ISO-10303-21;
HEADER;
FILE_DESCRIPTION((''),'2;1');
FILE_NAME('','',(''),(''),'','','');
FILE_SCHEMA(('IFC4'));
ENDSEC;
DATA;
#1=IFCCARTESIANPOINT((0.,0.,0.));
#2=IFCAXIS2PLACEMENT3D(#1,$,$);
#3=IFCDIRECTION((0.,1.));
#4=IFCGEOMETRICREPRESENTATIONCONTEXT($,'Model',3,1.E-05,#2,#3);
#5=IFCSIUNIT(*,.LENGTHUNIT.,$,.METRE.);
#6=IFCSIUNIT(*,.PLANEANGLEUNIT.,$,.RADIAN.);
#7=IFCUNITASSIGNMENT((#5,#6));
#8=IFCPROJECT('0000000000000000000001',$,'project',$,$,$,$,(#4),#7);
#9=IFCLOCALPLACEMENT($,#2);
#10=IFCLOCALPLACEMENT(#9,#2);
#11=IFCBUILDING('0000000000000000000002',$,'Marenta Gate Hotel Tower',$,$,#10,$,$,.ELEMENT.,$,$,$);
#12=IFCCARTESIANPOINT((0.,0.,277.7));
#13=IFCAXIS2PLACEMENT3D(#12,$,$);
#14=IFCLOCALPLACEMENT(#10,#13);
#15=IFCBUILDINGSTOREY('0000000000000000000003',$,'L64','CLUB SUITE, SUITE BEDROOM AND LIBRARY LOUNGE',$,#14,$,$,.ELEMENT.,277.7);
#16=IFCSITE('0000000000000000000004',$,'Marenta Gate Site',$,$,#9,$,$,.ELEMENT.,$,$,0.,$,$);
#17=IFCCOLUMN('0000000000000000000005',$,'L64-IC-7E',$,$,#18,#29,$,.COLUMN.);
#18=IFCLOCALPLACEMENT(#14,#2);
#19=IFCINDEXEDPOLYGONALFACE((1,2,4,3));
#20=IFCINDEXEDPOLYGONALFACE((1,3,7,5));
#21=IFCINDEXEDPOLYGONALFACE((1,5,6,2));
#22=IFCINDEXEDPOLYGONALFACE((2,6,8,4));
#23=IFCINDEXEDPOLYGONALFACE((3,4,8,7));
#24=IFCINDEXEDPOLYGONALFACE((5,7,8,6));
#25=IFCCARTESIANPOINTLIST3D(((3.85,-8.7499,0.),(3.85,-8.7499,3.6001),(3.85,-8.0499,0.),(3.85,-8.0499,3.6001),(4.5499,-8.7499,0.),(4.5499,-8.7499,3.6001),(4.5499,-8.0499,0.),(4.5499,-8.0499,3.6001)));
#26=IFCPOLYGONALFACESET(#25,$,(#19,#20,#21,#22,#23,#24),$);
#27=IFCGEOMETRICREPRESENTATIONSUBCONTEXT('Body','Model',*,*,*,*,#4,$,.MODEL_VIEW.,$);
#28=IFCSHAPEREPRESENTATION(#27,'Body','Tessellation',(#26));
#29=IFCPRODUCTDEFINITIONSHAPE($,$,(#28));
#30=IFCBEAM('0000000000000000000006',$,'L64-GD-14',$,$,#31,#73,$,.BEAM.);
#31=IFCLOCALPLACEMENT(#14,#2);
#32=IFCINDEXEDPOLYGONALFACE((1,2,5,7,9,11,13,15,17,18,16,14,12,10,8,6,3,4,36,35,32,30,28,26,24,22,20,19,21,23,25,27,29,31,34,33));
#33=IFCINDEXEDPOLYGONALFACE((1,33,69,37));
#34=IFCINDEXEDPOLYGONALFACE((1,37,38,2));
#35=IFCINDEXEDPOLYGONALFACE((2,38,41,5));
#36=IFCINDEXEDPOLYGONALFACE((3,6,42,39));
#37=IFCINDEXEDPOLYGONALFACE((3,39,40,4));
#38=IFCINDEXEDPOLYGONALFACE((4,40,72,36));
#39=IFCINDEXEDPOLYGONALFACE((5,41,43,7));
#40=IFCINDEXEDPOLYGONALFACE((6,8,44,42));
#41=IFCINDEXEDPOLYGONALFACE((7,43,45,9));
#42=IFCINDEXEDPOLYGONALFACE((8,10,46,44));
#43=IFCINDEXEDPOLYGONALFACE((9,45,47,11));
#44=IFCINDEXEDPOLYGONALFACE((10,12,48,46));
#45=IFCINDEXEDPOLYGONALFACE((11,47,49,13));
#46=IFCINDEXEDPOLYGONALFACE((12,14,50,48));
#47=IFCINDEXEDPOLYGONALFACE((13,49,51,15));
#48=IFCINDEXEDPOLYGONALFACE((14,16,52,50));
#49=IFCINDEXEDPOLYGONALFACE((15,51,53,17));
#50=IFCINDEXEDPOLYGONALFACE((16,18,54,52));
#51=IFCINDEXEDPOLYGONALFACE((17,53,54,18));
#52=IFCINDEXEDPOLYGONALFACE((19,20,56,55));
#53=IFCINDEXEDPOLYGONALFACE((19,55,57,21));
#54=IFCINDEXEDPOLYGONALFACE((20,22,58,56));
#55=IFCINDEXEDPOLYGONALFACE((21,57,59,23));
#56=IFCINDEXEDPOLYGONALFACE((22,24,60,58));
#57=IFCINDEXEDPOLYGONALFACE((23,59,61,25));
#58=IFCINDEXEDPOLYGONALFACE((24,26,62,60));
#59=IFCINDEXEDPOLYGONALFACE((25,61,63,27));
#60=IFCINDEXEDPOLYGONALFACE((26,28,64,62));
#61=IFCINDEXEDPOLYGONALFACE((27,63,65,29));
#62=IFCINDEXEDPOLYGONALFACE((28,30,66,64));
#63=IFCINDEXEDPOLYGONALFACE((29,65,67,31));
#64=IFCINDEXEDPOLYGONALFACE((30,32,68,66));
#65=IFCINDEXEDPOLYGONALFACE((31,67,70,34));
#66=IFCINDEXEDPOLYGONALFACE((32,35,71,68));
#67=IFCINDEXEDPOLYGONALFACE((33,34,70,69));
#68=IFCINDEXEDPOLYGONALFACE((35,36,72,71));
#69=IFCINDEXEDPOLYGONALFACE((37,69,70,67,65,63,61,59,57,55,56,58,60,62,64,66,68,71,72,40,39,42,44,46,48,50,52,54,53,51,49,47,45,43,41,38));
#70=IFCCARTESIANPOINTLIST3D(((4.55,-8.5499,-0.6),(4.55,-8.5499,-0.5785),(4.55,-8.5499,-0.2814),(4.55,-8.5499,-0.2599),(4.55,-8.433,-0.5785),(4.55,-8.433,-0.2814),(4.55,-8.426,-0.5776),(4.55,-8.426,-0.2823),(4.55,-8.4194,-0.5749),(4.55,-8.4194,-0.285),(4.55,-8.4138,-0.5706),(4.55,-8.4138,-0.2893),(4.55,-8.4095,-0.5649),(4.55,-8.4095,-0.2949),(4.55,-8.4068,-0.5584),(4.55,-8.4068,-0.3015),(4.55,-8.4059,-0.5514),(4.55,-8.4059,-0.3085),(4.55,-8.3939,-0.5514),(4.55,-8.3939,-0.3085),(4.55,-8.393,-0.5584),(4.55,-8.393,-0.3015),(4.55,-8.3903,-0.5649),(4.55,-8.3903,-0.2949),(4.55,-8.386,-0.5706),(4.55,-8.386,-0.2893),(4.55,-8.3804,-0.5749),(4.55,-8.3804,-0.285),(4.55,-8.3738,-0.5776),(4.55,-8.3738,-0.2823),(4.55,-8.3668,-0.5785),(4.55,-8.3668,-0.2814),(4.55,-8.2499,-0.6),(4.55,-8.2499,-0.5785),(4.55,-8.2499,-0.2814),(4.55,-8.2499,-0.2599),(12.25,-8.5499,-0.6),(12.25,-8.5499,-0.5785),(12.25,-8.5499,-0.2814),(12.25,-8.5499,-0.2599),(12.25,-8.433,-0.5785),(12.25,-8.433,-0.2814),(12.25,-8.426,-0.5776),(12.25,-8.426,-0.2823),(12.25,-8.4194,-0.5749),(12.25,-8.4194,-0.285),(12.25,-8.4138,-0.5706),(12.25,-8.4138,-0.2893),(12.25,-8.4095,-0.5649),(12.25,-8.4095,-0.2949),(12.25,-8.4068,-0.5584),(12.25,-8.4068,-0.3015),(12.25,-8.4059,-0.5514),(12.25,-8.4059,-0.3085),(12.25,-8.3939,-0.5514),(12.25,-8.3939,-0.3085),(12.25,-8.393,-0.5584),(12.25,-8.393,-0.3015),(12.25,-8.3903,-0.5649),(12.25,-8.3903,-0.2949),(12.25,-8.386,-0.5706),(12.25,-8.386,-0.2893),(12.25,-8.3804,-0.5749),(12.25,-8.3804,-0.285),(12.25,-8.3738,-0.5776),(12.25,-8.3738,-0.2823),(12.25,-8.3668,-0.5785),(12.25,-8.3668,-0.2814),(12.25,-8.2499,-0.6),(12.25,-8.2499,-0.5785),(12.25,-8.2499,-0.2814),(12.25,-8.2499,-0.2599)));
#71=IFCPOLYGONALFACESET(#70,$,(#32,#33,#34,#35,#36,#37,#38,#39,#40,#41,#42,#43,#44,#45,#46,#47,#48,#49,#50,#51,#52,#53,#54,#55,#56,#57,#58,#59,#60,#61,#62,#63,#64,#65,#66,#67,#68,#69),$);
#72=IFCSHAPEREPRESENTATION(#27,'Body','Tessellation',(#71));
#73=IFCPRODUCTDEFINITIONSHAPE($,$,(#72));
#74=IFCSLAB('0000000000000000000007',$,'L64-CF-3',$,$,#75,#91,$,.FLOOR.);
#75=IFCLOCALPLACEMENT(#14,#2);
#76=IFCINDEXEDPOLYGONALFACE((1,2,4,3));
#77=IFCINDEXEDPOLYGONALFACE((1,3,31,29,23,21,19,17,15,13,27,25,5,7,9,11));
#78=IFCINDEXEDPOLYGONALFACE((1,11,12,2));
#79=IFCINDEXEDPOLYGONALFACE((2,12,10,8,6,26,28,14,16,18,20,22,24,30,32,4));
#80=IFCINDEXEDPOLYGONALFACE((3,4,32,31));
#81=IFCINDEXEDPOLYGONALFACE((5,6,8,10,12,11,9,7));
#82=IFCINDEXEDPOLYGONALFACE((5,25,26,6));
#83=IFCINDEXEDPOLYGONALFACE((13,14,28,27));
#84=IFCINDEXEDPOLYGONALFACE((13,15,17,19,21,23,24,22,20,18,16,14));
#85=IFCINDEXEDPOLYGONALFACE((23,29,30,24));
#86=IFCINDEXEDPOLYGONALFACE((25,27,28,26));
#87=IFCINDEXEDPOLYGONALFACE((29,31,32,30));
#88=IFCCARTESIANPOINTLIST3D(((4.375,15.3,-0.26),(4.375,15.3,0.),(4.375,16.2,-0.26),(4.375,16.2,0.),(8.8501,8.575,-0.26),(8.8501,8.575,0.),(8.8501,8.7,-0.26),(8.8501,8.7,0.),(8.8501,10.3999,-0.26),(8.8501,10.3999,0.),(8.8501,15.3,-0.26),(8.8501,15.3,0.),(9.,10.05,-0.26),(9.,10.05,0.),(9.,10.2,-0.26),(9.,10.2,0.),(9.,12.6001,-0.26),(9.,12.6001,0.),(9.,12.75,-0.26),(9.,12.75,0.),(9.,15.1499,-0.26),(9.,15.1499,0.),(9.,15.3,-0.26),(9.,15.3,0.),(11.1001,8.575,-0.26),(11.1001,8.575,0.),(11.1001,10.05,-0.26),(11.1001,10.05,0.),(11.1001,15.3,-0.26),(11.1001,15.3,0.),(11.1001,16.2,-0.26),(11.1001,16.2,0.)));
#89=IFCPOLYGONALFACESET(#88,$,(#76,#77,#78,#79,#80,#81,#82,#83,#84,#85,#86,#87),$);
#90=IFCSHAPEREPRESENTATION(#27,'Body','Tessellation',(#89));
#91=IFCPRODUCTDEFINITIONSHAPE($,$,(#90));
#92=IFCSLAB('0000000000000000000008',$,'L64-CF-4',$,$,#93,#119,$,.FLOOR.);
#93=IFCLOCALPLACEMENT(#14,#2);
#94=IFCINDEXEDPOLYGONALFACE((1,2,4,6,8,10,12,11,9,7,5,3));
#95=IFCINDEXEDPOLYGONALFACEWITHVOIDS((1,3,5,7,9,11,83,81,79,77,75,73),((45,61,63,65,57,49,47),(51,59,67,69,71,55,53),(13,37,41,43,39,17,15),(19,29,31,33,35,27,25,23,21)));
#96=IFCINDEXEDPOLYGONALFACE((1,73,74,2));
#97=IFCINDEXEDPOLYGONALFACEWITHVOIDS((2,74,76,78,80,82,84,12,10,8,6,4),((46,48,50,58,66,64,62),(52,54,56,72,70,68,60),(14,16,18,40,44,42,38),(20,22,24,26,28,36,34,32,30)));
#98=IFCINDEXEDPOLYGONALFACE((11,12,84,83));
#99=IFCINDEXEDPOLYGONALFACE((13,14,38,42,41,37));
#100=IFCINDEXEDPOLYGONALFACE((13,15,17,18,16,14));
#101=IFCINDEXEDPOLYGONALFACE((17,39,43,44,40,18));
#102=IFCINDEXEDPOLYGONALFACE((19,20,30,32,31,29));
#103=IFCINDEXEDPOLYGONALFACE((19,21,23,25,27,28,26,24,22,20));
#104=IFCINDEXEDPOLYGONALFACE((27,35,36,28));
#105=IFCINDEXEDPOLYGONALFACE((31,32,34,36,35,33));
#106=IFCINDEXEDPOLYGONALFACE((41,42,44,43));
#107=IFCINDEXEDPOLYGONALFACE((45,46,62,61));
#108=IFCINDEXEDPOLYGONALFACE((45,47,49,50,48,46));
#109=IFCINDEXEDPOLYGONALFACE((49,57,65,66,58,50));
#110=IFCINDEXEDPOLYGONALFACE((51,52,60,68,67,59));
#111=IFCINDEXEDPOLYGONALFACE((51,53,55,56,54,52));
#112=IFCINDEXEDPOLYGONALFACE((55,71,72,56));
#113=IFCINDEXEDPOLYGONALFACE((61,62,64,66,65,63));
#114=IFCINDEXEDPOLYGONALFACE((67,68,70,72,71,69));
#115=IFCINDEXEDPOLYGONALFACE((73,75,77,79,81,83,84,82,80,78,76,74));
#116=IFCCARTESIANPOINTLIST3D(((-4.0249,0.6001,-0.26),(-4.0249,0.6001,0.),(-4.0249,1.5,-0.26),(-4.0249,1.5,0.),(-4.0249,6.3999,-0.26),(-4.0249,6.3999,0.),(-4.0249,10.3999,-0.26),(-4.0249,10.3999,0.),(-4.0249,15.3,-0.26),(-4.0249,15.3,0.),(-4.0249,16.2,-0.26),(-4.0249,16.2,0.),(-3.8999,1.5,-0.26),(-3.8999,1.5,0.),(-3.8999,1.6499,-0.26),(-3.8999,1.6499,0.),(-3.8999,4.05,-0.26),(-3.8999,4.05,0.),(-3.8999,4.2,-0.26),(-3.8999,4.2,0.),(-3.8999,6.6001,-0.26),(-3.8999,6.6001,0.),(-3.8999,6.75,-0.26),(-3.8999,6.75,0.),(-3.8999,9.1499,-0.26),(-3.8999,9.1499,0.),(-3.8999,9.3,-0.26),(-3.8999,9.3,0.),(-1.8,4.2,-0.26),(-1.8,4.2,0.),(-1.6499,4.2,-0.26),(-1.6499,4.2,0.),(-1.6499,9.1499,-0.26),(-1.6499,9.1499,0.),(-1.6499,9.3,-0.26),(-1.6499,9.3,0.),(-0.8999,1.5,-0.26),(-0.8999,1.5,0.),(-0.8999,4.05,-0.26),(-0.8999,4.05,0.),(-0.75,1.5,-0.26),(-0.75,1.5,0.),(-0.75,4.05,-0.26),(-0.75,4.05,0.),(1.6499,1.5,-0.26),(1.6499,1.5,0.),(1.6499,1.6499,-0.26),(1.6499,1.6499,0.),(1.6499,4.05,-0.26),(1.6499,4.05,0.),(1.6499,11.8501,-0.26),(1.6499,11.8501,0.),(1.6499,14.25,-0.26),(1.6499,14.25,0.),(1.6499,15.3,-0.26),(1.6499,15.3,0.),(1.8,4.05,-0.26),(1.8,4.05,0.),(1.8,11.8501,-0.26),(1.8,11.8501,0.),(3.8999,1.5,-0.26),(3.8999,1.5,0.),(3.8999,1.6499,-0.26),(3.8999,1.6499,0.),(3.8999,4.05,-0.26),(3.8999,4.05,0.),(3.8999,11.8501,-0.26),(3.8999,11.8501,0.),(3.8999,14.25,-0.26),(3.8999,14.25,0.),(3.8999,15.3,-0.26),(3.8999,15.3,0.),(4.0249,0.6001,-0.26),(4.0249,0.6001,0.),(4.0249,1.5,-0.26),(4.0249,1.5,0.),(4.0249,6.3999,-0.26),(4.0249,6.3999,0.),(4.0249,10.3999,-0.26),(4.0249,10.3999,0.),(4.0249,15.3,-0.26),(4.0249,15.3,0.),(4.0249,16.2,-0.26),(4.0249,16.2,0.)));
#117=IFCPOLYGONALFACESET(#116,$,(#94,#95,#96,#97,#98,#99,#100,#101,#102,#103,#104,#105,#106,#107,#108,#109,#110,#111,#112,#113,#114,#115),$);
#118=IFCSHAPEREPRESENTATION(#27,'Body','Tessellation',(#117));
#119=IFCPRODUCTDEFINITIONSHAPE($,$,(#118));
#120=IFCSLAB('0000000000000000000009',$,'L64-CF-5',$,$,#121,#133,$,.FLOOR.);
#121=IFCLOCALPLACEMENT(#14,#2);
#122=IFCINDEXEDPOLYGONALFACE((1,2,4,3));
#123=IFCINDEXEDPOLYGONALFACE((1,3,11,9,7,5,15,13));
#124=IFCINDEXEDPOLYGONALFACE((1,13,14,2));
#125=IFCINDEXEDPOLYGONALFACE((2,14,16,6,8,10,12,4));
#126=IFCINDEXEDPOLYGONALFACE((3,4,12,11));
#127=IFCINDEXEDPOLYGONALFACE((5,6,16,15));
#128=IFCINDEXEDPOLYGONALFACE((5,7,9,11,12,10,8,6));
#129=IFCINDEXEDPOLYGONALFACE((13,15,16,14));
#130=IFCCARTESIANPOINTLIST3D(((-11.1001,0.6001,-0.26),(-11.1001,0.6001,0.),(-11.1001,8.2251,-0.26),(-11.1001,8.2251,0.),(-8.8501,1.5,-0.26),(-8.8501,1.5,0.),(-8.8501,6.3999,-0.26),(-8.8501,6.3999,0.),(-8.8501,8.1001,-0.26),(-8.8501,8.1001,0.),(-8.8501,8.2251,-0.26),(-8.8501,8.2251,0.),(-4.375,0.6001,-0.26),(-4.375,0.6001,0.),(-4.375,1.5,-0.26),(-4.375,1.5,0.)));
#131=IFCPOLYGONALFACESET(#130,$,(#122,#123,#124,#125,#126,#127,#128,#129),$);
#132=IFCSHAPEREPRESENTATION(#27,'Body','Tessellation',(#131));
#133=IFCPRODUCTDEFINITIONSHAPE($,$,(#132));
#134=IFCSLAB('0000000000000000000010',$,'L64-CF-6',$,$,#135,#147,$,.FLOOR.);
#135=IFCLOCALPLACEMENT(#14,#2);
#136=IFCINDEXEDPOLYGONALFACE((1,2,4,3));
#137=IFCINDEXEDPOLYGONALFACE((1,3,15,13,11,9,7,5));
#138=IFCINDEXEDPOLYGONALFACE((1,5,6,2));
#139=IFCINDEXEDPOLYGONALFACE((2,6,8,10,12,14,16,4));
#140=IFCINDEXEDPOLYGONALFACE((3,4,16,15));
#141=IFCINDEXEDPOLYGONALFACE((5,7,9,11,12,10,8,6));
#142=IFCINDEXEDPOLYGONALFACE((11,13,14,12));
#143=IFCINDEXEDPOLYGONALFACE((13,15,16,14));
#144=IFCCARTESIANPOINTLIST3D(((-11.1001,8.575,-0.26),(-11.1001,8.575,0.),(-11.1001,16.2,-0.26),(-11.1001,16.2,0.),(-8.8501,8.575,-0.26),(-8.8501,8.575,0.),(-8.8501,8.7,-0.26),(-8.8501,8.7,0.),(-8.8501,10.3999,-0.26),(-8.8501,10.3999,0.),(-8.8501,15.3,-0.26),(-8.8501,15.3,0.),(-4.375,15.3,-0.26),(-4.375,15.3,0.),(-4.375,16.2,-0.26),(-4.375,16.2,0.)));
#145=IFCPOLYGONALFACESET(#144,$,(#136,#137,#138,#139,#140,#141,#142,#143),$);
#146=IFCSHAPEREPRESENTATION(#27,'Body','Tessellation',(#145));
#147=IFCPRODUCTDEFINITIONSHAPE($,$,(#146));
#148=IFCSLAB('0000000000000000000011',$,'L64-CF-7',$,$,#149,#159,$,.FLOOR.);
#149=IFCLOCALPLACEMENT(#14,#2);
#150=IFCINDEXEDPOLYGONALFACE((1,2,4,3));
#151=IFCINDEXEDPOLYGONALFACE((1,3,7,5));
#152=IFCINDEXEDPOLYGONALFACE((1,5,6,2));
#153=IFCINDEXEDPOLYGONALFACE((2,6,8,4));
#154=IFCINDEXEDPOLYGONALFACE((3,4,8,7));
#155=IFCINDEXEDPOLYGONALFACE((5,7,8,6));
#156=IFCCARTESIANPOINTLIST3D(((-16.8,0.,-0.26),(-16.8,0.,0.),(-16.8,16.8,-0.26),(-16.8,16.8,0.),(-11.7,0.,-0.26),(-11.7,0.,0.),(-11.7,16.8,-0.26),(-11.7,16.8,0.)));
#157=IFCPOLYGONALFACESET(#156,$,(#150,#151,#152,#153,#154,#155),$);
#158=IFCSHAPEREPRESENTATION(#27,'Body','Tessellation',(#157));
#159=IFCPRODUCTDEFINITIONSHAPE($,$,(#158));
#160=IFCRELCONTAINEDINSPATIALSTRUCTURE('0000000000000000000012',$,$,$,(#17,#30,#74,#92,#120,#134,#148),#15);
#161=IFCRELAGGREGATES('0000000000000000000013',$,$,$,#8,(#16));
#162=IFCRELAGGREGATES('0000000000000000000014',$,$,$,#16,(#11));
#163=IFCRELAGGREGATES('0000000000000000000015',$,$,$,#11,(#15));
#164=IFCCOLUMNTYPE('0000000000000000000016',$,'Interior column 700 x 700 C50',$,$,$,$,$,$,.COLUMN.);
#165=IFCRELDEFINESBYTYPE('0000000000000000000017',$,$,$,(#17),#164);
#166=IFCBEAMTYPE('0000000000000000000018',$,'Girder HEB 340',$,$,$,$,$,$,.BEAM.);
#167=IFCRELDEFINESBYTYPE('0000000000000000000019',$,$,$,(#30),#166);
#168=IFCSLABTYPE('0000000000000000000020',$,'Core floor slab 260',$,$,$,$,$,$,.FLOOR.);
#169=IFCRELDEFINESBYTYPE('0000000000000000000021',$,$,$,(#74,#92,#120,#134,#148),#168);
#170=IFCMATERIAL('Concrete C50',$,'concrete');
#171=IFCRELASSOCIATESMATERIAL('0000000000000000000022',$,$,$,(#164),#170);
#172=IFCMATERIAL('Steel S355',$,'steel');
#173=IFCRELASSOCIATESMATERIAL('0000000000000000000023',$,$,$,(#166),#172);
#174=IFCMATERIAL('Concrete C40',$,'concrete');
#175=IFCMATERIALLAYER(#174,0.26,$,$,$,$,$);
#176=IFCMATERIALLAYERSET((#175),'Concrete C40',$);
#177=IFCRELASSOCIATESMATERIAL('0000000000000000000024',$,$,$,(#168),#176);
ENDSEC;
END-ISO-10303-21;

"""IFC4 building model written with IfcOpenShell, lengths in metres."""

from ifc_helpers import new_model, si_unit, direction, frame, origin, origin_2d, place, context, subcontext, project, spatial, polyline, rectangle, i_section, outline, extrude, material, layer, layer_set, material_profile, profile_set, type_object, element, save


model = new_model("IFC4")

# Units and contexts
model_context = context("Model", 3, precision=1e-05, world=origin(), true_north=direction((0.0, 1.0)))
body_context = subcontext(model_context, "Body", "Model", "MODEL_VIEW")
ifc_project = project(units=[si_unit("LENGTHUNIT", "METRE"), si_unit("PLANEANGLEUNIT", "RADIAN")], contexts=[model_context])

# Site, building, storey
site_placement = place(None, origin())
site = spatial("IfcSite", under=ifc_project, at=site_placement, Name="Marenta Gate Site", CompositionType="ELEMENT", RefElevation=0.0)
building_placement = place(site_placement, origin())
building = spatial("IfcBuilding", under=site, at=building_placement, Name="Marenta Gate Hotel Tower", CompositionType="ELEMENT")
storey_placement = place(building_placement, frame((0.0, 0.0, 277.7)))
storey = spatial("IfcBuildingStorey", under=building, at=storey_placement, Name="L64", Description="CLUB SUITE, SUITE BEDROOM AND LIBRARY LOUNGE", CompositionType="ELEMENT", Elevation=277.7)

# Column
ifc_material_1 = material(Name="Concrete C50", Category="concrete")
ifc_material_profile_1 = material_profile(ifc_material_1, rectangle(XDim=0.7, YDim=0.7, at=origin_2d()), Name="700 x 700")
ifc_profile_set_1 = profile_set([ifc_material_profile_1], Name="Concrete C50")
column_type = type_object("IfcColumnType", Name="Interior column 700 x 700 C50", PredefinedType="COLUMN", material=ifc_profile_set_1)
column_placement = place(storey_placement, frame((4.2, -8.3999, 0.0), z_axis=(0.0, 0.0, 1.0), x_axis=(1.0, 0.0, 0.0)))
element("IfcColumn", 1, at=column_placement, inside=storey, type_object=column_type, Name="L64-IC-7E", PredefinedType="COLUMN", context=body_context, shape_type="SweptSolid", body=[
    extrude(rectangle(XDim=0.7, YDim=0.7, at=origin_2d()), origin(), (0.0, 0.0, 1.0), 3.6001),
])

# Beam
ifc_material_2 = material(Name="Steel S355", Category="steel")
ifc_material_profile_2 = material_profile(ifc_material_2, i_section(OverallWidth=0.3, OverallDepth=0.3401, WebThickness=0.012, FlangeThickness=0.0215, FilletRadius=0.0271, at=origin_2d()), Name="HEB 340")
ifc_profile_set_2 = profile_set([ifc_material_profile_2], Name="Steel S355")
beam_type = type_object("IfcBeamType", Name="Girder HEB 340", PredefinedType="BEAM", material=ifc_profile_set_2)
beam_placement = place(storey_placement, frame((4.55, -8.3999, -0.4299), z_axis=(1.0, 0.0, 0.0), x_axis=(0.0, 1.0, 0.0)))
element("IfcBeam", 2, at=beam_placement, inside=storey, type_object=beam_type, Name="L64-GD-14", PredefinedType="BEAM", context=body_context, shape_type="SweptSolid", body=[
    extrude(i_section(OverallWidth=0.3, OverallDepth=0.3401, WebThickness=0.012, FlangeThickness=0.0215, FilletRadius=0.0271, at=origin_2d()), origin(), (0.0, 0.0, 1.0), 7.7),
])

# Slabs
ifc_material_3 = material(Name="Concrete C40", Category="concrete")
ifc_layer_1 = layer(ifc_material_3, 0.26)
ifc_layer_set_1 = layer_set([ifc_layer_1], Name="Concrete C40")
slab_type_1 = type_object("IfcSlabType", Name="Core floor slab 260", PredefinedType="FLOOR", material=ifc_layer_set_1)
slab_1_placement = place(storey_placement, frame((0.0, 0.0, -0.26)))
element("IfcSlab", 3, at=slab_1_placement, inside=storey, type_object=slab_type_1, Name="L64-CF-3", PredefinedType="FLOOR", context=body_context, shape_type="SweptSolid", body=[
    extrude(outline(polyline([(8.8501, 15.3), (4.375, 15.3), (4.375, 16.2), (11.1001, 16.2), (11.1001, 15.3), (9.0, 15.3), (9.0, 15.1499), (9.0, 12.75), (9.0, 12.6001), (9.0, 10.2), (9.0, 10.05), (11.1001, 10.05), (11.1001, 8.575), (8.8501, 8.575), (8.8501, 8.7), (8.8501, 10.3999), (8.8501, 15.3)])), origin(), (0.0, 0.0, 1.0), 0.26),
])
slab_2_placement = place(storey_placement, frame((0.0, 0.0, -0.26)))
element("IfcSlab", 4, at=slab_2_placement, inside=storey, type_object=slab_type_1, Name="L64-CF-4", PredefinedType="FLOOR", context=body_context, shape_type="SweptSolid", body=[
    extrude(outline(polyline([(4.0249, 15.3), (4.0249, 10.3999), (4.0249, 6.3999), (4.0249, 1.5), (4.0249, 0.6001), (-4.0249, 0.6001), (-4.0249, 1.5), (-4.0249, 6.3999), (-4.0249, 10.3999), (-4.0249, 15.3), (-4.0249, 16.2), (4.0249, 16.2), (4.0249, 15.3)]), holes=[polyline([(1.6499, 14.25), (1.6499, 11.8501), (1.8, 11.8501), (3.8999, 11.8501), (3.8999, 14.25), (3.8999, 15.3), (1.6499, 15.3), (1.6499, 14.25)]), polyline([(3.8999, 1.6499), (3.8999, 4.05), (1.8, 4.05), (1.6499, 4.05), (1.6499, 1.6499), (1.6499, 1.5), (3.8999, 1.5), (3.8999, 1.6499)]), polyline([(-3.8999, 1.6499), (-3.8999, 1.5), (-0.8999, 1.5), (-0.75, 1.5), (-0.75, 4.05), (-0.8999, 4.05), (-3.8999, 4.05), (-3.8999, 1.6499)]), polyline([(-1.8, 4.2), (-1.6499, 4.2), (-1.6499, 9.1499), (-1.6499, 9.3), (-3.8999, 9.3), (-3.8999, 9.1499), (-3.8999, 6.75), (-3.8999, 6.6001), (-3.8999, 4.2), (-1.8, 4.2)])]), origin(), (0.0, 0.0, 1.0), 0.26),
])
slab_3_placement = place(storey_placement, frame((0.0, 0.0, -0.26)))
element("IfcSlab", 5, at=slab_3_placement, inside=storey, type_object=slab_type_1, Name="L64-CF-5", PredefinedType="FLOOR", context=body_context, shape_type="SweptSolid", body=[
    extrude(outline(polyline([(-8.8501, 8.2251), (-8.8501, 8.1001), (-8.8501, 6.3999), (-8.8501, 1.5), (-4.375, 1.5), (-4.375, 0.6001), (-11.1001, 0.6001), (-11.1001, 8.2251), (-8.8501, 8.2251)])), origin(), (0.0, 0.0, 1.0), 0.26),
])
slab_4_placement = place(storey_placement, frame((0.0, 0.0, -0.26)))
element("IfcSlab", 6, at=slab_4_placement, inside=storey, type_object=slab_type_1, Name="L64-CF-6", PredefinedType="FLOOR", context=body_context, shape_type="SweptSolid", body=[
    extrude(outline(polyline([(-4.375, 15.3), (-8.8501, 15.3), (-8.8501, 10.3999), (-8.8501, 8.7), (-8.8501, 8.575), (-11.1001, 8.575), (-11.1001, 16.2), (-4.375, 16.2), (-4.375, 15.3)])), origin(), (0.0, 0.0, 1.0), 0.26),
])
slab_5_placement = place(storey_placement, frame((0.0, 0.0, -0.26)))
element("IfcSlab", 7, at=slab_5_placement, inside=storey, type_object=slab_type_1, Name="L64-CF-7", PredefinedType="FLOOR", context=body_context, shape_type="SweptSolid", body=[
    extrude(outline(polyline([(-11.7, 16.8), (-11.7, 0.0), (-16.8, 0.0), (-16.8, 16.8), (-11.7, 16.8)])), origin(), (0.0, 0.0, 1.0), 0.26),
])

save(model, "model.ifc")
